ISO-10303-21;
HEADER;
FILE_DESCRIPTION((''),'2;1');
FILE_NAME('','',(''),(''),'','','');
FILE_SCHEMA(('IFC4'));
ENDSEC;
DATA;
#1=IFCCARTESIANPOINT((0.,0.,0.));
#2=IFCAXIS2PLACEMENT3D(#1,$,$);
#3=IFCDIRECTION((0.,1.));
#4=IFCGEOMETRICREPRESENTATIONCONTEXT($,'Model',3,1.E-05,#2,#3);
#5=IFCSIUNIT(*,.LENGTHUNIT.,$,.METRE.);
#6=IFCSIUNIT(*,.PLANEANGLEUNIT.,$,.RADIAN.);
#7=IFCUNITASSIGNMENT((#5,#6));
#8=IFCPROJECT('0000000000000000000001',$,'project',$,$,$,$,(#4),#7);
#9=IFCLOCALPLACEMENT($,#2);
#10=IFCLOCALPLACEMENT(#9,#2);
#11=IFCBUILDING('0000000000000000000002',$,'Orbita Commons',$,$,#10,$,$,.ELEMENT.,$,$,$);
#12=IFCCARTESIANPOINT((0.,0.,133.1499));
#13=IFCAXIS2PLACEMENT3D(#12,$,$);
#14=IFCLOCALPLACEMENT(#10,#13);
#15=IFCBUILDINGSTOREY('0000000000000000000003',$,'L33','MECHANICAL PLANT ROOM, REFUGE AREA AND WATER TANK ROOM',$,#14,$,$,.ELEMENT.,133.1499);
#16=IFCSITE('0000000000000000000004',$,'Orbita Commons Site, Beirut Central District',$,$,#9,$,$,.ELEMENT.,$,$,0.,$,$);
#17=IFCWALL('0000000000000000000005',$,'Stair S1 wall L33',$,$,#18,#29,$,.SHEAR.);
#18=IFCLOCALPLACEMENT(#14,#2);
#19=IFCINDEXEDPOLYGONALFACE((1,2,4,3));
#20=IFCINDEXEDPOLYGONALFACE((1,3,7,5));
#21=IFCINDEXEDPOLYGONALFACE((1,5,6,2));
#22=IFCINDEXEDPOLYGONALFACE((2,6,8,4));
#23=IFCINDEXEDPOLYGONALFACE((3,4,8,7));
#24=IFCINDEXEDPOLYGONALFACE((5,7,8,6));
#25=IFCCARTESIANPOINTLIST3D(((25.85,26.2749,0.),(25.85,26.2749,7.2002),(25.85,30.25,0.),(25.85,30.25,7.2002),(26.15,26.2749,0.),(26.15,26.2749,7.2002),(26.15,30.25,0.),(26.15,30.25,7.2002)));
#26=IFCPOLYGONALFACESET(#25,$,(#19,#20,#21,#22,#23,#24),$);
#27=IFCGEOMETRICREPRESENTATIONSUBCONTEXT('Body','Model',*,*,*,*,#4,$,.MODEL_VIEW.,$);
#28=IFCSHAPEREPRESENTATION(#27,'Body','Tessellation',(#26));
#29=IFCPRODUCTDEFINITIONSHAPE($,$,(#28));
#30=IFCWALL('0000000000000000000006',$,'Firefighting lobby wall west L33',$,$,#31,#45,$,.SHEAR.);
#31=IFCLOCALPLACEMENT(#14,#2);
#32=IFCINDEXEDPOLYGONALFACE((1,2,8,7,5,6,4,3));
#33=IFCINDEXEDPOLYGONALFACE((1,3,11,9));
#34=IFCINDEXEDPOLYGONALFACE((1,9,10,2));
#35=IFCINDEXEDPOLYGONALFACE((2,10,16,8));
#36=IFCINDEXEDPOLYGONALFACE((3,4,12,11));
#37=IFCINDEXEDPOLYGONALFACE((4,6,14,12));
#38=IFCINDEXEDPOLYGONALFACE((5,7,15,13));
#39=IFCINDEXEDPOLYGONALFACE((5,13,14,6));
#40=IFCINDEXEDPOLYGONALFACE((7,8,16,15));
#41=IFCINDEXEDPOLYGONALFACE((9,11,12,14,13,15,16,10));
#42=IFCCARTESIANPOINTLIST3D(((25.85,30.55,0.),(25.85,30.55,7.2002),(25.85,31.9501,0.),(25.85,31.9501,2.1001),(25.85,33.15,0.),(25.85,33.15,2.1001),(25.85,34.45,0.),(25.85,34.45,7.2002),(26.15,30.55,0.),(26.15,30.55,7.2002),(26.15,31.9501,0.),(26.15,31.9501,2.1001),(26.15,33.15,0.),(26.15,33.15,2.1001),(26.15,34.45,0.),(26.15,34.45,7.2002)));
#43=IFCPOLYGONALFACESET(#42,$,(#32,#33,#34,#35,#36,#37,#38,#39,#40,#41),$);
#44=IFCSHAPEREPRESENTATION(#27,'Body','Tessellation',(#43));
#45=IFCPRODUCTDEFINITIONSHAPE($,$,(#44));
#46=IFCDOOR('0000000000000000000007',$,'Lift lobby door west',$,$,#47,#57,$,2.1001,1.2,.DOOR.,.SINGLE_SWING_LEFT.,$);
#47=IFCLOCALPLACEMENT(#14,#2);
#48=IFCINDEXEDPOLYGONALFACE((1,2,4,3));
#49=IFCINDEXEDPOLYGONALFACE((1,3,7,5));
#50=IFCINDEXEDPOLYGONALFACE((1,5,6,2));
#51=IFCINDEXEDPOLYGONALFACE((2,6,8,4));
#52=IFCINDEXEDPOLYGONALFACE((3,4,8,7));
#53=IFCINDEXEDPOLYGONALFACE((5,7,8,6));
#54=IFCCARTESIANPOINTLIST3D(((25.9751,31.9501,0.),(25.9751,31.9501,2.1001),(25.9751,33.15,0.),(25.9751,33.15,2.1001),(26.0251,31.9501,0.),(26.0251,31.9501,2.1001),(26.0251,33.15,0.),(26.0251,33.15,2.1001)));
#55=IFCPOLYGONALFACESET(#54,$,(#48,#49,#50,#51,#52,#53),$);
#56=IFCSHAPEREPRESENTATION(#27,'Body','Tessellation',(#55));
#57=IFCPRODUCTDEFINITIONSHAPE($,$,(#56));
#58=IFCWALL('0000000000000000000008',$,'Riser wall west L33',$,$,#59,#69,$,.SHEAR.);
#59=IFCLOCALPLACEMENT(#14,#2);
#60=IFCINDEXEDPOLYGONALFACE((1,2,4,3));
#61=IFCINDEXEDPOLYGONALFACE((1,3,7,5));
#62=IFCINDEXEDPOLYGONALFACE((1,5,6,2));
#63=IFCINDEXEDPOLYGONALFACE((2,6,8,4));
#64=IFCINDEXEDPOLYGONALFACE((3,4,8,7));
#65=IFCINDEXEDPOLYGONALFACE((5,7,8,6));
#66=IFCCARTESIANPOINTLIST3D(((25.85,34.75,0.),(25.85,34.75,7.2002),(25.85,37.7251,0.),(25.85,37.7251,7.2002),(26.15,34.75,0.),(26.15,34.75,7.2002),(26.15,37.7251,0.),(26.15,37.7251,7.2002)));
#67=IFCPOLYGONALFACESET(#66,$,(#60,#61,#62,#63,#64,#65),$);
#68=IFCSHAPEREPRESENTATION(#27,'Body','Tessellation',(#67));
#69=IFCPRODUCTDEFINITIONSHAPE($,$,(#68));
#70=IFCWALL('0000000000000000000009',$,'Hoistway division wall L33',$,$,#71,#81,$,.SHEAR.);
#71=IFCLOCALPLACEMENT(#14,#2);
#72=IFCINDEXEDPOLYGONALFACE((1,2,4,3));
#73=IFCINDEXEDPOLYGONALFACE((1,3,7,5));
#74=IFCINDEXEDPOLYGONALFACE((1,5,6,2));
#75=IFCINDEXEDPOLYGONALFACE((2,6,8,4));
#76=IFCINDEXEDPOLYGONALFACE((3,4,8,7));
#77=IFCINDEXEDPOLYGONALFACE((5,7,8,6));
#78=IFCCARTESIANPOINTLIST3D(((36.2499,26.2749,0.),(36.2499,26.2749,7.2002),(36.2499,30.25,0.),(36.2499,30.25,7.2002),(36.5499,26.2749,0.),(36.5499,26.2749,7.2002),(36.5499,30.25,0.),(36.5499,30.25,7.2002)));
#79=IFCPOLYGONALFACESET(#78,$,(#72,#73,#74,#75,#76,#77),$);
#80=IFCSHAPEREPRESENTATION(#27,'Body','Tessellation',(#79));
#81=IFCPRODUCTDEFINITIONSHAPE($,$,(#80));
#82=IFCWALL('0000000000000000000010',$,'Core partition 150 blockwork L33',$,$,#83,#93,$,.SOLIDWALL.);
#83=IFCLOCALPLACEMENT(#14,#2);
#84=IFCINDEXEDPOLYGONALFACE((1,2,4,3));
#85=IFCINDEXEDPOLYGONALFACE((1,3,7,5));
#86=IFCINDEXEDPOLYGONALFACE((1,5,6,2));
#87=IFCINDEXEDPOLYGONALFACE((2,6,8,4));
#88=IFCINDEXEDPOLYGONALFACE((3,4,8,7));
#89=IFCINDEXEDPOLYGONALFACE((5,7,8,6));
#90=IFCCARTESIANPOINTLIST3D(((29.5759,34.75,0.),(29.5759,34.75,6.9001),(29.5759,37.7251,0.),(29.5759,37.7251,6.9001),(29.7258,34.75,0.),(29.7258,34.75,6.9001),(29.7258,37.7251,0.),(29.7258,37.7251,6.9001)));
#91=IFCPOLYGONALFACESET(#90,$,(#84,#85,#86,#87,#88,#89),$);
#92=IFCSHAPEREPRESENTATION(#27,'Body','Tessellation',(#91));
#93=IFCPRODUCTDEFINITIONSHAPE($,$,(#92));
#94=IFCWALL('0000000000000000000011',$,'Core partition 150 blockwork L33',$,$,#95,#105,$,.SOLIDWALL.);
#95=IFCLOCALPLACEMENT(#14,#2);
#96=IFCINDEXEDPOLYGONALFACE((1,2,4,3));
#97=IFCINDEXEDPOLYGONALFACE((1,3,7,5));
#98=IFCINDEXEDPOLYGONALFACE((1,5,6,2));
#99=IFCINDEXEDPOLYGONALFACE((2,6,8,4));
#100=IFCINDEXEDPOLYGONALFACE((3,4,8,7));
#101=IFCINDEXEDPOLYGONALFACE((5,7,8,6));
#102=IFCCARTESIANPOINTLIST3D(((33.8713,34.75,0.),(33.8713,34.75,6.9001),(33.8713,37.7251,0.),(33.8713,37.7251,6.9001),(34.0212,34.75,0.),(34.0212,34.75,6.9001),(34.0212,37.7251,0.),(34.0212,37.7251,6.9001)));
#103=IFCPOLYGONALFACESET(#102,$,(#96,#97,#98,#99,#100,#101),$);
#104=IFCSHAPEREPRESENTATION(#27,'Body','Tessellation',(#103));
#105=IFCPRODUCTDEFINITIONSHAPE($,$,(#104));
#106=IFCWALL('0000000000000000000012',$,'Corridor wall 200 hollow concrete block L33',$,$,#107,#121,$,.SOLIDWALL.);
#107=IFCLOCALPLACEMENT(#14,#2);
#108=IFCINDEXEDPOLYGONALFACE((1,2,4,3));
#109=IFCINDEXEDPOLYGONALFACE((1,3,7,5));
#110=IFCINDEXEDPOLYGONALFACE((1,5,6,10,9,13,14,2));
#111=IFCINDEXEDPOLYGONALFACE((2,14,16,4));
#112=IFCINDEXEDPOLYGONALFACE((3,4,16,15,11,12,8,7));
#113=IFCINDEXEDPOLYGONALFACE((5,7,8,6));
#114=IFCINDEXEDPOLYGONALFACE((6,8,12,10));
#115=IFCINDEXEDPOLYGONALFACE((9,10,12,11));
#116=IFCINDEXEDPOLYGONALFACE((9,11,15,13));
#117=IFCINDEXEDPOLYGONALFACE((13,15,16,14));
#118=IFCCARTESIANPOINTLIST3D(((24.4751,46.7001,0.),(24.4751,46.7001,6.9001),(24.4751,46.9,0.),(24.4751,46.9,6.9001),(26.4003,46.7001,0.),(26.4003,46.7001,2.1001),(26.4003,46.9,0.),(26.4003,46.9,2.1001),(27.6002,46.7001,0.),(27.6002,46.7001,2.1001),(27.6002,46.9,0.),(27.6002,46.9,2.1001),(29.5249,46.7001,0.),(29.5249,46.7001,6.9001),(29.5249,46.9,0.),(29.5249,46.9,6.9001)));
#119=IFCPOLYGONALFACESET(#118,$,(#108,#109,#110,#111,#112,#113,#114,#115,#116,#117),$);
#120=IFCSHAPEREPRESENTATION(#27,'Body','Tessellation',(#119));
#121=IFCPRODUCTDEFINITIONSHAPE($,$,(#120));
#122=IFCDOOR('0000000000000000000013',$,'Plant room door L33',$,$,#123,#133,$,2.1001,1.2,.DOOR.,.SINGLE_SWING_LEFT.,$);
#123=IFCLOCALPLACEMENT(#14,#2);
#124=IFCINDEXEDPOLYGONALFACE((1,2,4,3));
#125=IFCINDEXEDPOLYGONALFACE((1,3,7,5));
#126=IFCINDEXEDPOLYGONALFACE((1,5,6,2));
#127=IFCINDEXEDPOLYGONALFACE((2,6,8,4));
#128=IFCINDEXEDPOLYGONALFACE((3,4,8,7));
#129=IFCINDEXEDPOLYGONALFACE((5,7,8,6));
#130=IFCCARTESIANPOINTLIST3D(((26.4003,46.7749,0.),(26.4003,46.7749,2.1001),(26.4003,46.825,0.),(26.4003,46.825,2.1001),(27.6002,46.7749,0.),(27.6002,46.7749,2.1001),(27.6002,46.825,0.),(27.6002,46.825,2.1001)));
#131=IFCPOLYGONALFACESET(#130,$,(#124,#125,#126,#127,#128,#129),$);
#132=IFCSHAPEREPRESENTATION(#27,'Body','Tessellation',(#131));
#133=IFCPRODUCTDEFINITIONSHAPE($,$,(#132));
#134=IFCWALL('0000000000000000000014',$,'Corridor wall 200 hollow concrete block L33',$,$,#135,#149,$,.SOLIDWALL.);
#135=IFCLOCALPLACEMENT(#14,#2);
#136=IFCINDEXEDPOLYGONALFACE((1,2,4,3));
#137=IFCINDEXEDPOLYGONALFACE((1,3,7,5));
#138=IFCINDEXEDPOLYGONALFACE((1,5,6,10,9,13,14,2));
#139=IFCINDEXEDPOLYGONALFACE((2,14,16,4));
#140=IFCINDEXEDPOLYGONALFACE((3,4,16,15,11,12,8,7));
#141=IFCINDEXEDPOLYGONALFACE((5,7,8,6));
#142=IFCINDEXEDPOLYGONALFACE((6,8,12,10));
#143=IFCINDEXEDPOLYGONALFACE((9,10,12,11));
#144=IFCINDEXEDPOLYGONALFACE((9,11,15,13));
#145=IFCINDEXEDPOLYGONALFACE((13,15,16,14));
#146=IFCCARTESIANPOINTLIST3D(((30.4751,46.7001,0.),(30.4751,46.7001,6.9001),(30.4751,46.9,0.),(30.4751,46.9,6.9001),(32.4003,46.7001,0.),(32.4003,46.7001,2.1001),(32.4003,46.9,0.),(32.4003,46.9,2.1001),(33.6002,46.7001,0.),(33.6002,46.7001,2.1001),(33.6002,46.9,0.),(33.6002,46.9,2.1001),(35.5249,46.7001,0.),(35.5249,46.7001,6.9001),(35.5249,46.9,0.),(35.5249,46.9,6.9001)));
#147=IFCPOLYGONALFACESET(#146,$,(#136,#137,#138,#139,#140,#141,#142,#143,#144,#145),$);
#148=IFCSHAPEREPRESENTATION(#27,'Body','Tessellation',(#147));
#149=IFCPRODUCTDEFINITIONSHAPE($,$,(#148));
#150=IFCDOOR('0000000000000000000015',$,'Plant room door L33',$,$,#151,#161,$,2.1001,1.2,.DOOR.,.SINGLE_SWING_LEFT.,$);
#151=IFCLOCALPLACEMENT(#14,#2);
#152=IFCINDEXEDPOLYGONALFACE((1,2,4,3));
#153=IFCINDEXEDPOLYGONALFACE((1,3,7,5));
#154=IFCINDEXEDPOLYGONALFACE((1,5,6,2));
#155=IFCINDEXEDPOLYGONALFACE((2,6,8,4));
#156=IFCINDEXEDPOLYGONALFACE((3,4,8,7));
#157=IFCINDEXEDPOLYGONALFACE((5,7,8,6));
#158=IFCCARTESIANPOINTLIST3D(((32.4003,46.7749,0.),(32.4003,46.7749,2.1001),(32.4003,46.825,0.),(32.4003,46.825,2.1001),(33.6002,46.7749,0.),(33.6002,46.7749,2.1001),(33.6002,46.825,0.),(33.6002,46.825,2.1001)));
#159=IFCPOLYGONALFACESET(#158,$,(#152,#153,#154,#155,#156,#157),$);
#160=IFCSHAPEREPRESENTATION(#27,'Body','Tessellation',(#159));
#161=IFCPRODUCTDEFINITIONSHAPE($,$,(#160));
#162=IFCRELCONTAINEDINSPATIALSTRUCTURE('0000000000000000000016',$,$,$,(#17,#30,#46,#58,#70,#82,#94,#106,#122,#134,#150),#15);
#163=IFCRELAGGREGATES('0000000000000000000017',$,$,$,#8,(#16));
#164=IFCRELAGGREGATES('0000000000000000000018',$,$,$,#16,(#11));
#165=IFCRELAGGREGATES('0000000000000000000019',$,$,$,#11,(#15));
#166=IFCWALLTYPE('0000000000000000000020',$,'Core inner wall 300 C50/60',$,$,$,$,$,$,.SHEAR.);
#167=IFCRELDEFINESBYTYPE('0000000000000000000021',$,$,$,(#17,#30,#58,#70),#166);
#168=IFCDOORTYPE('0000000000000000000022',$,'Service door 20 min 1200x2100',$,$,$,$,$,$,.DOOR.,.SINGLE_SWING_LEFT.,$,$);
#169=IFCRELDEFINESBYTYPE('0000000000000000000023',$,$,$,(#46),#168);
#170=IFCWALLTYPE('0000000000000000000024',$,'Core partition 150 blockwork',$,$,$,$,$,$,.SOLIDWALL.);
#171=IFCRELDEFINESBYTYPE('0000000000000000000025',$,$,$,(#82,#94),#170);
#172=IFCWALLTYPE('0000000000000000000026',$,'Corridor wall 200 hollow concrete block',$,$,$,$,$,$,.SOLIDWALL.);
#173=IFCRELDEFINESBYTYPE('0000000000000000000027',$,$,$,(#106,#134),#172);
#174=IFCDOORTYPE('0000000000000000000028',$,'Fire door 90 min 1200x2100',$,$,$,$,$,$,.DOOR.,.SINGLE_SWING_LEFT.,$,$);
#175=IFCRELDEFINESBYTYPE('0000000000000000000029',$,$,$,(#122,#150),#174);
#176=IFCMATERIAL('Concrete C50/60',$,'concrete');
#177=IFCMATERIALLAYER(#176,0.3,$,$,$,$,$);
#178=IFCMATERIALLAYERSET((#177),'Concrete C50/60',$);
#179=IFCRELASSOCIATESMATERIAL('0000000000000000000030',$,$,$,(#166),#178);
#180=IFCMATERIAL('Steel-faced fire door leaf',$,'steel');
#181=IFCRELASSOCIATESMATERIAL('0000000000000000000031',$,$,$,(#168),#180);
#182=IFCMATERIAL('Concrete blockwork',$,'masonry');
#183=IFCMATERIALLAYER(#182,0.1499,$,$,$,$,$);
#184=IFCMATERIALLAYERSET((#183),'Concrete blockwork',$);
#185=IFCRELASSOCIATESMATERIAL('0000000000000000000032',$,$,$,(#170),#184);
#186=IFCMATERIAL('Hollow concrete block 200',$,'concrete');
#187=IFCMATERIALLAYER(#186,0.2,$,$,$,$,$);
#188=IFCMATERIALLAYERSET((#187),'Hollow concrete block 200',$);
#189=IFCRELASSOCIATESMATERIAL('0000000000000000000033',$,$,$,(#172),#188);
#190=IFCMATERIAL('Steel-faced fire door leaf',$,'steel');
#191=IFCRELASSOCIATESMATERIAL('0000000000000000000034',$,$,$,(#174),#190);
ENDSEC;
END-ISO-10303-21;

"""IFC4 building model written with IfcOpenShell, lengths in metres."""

from ifc_helpers import new_model, si_unit, direction, frame, frame_2d, origin, place, context, subcontext, project, spatial, rectangle, extrude, material, layer, layer_set, type_object, element, fill, save


model = new_model("IFC4")

# Units and contexts
model_context = context("Model", 3, precision=1e-05, world=origin(), true_north=direction((0.0, 1.0)))
body_context = subcontext(model_context, "Body", "Model", "MODEL_VIEW")
ifc_project = project(units=[si_unit("LENGTHUNIT", "METRE"), si_unit("PLANEANGLEUNIT", "RADIAN")], contexts=[model_context])

# Site, building, storey
site_placement = place(None, origin())
site = spatial("IfcSite", under=ifc_project, at=site_placement, Name="Orbita Commons Site, Beirut Central District", CompositionType="ELEMENT", RefElevation=0.0)
building_placement = place(site_placement, origin())
building = spatial("IfcBuilding", under=site, at=building_placement, Name="Orbita Commons", CompositionType="ELEMENT")
storey_placement = place(building_placement, frame((0.0, 0.0, 133.1499)))
storey = spatial("IfcBuildingStorey", under=building, at=storey_placement, Name="L33", Description="MECHANICAL PLANT ROOM, REFUGE AREA AND WATER TANK ROOM", CompositionType="ELEMENT", Elevation=133.1499)

# Wall
ifc_material_1 = material(Name="Concrete C50/60", Category="concrete")
ifc_layer_1 = layer(ifc_material_1, 0.3)
ifc_layer_set_1 = layer_set([ifc_layer_1], Name="Concrete C50/60")
wall_type_1 = type_object("IfcWallType", Name="Core inner wall 300 C50/60", PredefinedType="SHEAR", material=ifc_layer_set_1)
wall_1_placement = place(storey_placement, frame((26.0, 26.2749, 0.0), z_axis=(0.0, 0.0, 1.0), x_axis=(0.0, 1.0, 0.0)))
element("IfcWall", 1, at=wall_1_placement, inside=storey, type_object=wall_type_1, Name="Stair S1 wall L33", PredefinedType="SHEAR", context=body_context, shape_type="SweptSolid", body=[
    extrude(rectangle(XDim=3.9751, YDim=0.3, at=frame_2d((1.9875, 0.0))), origin(), (0.0, 0.0, 1.0), 7.2002),
])

# Wall, opening, door
wall_2_placement = place(storey_placement, frame((26.0, 30.55, 0.0), z_axis=(0.0, 0.0, 1.0), x_axis=(0.0, 1.0, 0.0)))
wall_2 = element("IfcWall", 2, at=wall_2_placement, inside=storey, type_object=wall_type_1, Name="Firefighting lobby wall west L33", PredefinedType="SHEAR", context=body_context, shape_type="SweptSolid", body=[
    extrude(rectangle(XDim=3.8999, YDim=0.3, at=frame_2d((1.95, 0.0))), origin(), (0.0, 0.0, 1.0), 7.2002),
])
opening_1_placement = place(wall_2_placement, frame((1.3999, 0.0, 0.0)))
opening_1 = element("IfcOpeningElement", 3, at=opening_1_placement, cuts=wall_2, PredefinedType="OPENING", context=body_context, shape_type="SweptSolid", body=[
    extrude(rectangle(XDim=1.2, YDim=2.1001, at=frame_2d((0.6001, 1.05))), frame((0.0, 0.1599, 0.0), z_axis=(0.0, -1.0, 0.0), x_axis=(1.0, 0.0, 0.0)), (0.0, 0.0, 1.0), 0.3201),
])
ifc_material_2 = material(Name="Steel-faced fire door leaf", Category="steel")
door_type_1 = type_object("IfcDoorType", Name="Service door 20 min 1200x2100", OperationType="SINGLE_SWING_LEFT", PredefinedType="DOOR", material=ifc_material_2)
door_1_placement = place(opening_1_placement, origin())
door_1 = element("IfcDoor", 4, at=door_1_placement, inside=storey, type_object=door_type_1, Name="Lift lobby door west", OperationType="SINGLE_SWING_LEFT", OverallHeight=2.1001, OverallWidth=1.2, PredefinedType="DOOR", context=body_context, shape_type="SweptSolid", body=[
    extrude(rectangle(XDim=1.2, YDim=2.1001, at=frame_2d((0.6001, 1.05))), frame((0.0, 0.0249, 0.0), z_axis=(0.0, -1.0, 0.0), x_axis=(1.0, 0.0, 0.0)), (0.0, 0.0, 1.0), 0.05),
])
fill(opening_1, door_1)

# Walls
wall_3_placement = place(storey_placement, frame((26.0, 34.75, 0.0), z_axis=(0.0, 0.0, 1.0), x_axis=(0.0, 1.0, 0.0)))
element("IfcWall", 5, at=wall_3_placement, inside=storey, type_object=wall_type_1, Name="Riser wall west L33", PredefinedType="SHEAR", context=body_context, shape_type="SweptSolid", body=[
    extrude(rectangle(XDim=2.9751, YDim=0.3, at=frame_2d((1.4875, 0.0))), origin(), (0.0, 0.0, 1.0), 7.2002),
])
wall_4_placement = place(storey_placement, frame((36.3999, 26.2749, 0.0), z_axis=(0.0, 0.0, 1.0), x_axis=(0.0, 1.0, 0.0)))
element("IfcWall", 6, at=wall_4_placement, inside=storey, type_object=wall_type_1, Name="Hoistway division wall L33", PredefinedType="SHEAR", context=body_context, shape_type="SweptSolid", body=[
    extrude(rectangle(XDim=3.9751, YDim=0.3, at=frame_2d((1.9875, 0.0))), origin(), (0.0, 0.0, 1.0), 7.2002),
])
ifc_material_3 = material(Name="Concrete blockwork", Category="masonry")
ifc_layer_2 = layer(ifc_material_3, 0.1499)
ifc_layer_set_2 = layer_set([ifc_layer_2], Name="Concrete blockwork")
wall_type_2 = type_object("IfcWallType", Name="Core partition 150 blockwork", PredefinedType="SOLIDWALL", material=ifc_layer_set_2)
for number, where, z_axis, x_axis, name in (
    (7, (29.6509, 34.75, 0.0), (0.0, 0.0, 1.0), (0.0, 1.0, 0.0), "Core partition 150 blockwork L33"),
    (8, (33.9463, 34.75, 0.0), (0.0, 0.0, 1.0), (0.0, 1.0, 0.0), "Core partition 150 blockwork L33"),
):
    element("IfcWall", number, at=place(storey_placement, frame(where, z_axis=z_axis, x_axis=x_axis)), inside=storey, type_object=wall_type_2, Name=name, PredefinedType="SOLIDWALL", context=body_context, shape_type="SweptSolid", body=[
        extrude(rectangle(XDim=2.9751, YDim=0.1499, at=frame_2d((1.4875, 0.0))), origin(), (0.0, 0.0, 1.0), 6.9001),
    ])

# Walls, openings, doors
ifc_material_4 = material(Name="Hollow concrete block 200", Category="concrete")
ifc_layer_3 = layer(ifc_material_4, 0.2)
ifc_layer_set_3 = layer_set([ifc_layer_3], Name="Hollow concrete block 200")
wall_type_3 = type_object("IfcWallType", Name="Corridor wall 200 hollow concrete block", PredefinedType="SOLIDWALL", material=ifc_layer_set_3)
wall_5_placement = place(storey_placement, frame((24.4751, 46.8, 0.0), z_axis=(0.0, 0.0, 1.0), x_axis=(1.0, 0.0, 0.0)))
wall_5 = element("IfcWall", 9, at=wall_5_placement, inside=storey, type_object=wall_type_3, Name="Corridor wall 200 hollow concrete block L33", PredefinedType="SOLIDWALL", context=body_context, shape_type="SweptSolid", body=[
    extrude(rectangle(XDim=5.0498, YDim=0.2, at=frame_2d((2.5249, 0.0))), origin(), (0.0, 0.0, 1.0), 6.9001),
])
opening_2_placement = place(wall_5_placement, frame((1.925, 0.0, 0.0)))
opening_2 = element("IfcOpeningElement", 10, at=opening_2_placement, cuts=wall_5, PredefinedType="OPENING", context=body_context, shape_type="SweptSolid", body=[
    extrude(rectangle(XDim=1.2, YDim=2.1001, at=frame_2d((0.6001, 1.05))), frame((0.0, 0.1099, 0.0), z_axis=(0.0, -1.0, 0.0), x_axis=(1.0, 0.0, 0.0)), (0.0, 0.0, 1.0), 0.22),
])
ifc_material_5 = material(Name="Steel-faced fire door leaf", Category="steel")
door_type_2 = type_object("IfcDoorType", Name="Fire door 90 min 1200x2100", OperationType="SINGLE_SWING_LEFT", PredefinedType="DOOR", material=ifc_material_5)
door_2_placement = place(opening_2_placement, origin())
door_2 = element("IfcDoor", 11, at=door_2_placement, inside=storey, type_object=door_type_2, Name="Plant room door L33", OperationType="SINGLE_SWING_LEFT", OverallHeight=2.1001, OverallWidth=1.2, PredefinedType="DOOR", context=body_context, shape_type="SweptSolid", body=[
    extrude(rectangle(XDim=1.2, YDim=2.1001, at=frame_2d((0.6001, 1.05))), frame((0.0, 0.0249, 0.0), z_axis=(0.0, -1.0, 0.0), x_axis=(1.0, 0.0, 0.0)), (0.0, 0.0, 1.0), 0.05),
])
fill(opening_2, door_2)
wall_6_placement = place(storey_placement, frame((30.4751, 46.8, 0.0), z_axis=(0.0, 0.0, 1.0), x_axis=(1.0, 0.0, 0.0)))
wall_6 = element("IfcWall", 12, at=wall_6_placement, inside=storey, type_object=wall_type_3, Name="Corridor wall 200 hollow concrete block L33", PredefinedType="SOLIDWALL", context=body_context, shape_type="SweptSolid", body=[
    extrude(rectangle(XDim=5.0498, YDim=0.2, at=frame_2d((2.5249, 0.0))), origin(), (0.0, 0.0, 1.0), 6.9001),
])
opening_3_placement = place(wall_6_placement, frame((1.925, 0.0, 0.0)))
opening_3 = element("IfcOpeningElement", 13, at=opening_3_placement, cuts=wall_6, PredefinedType="OPENING", context=body_context, shape_type="SweptSolid", body=[
    extrude(rectangle(XDim=1.2, YDim=2.1001, at=frame_2d((0.6001, 1.05))), frame((0.0, 0.1099, 0.0), z_axis=(0.0, -1.0, 0.0), x_axis=(1.0, 0.0, 0.0)), (0.0, 0.0, 1.0), 0.22),
])
door_3_placement = place(opening_3_placement, origin())
door_3 = element("IfcDoor", 14, at=door_3_placement, inside=storey, type_object=door_type_2, Name="Plant room door L33", OperationType="SINGLE_SWING_LEFT", OverallHeight=2.1001, OverallWidth=1.2, PredefinedType="DOOR", context=body_context, shape_type="SweptSolid", body=[
    extrude(rectangle(XDim=1.2, YDim=2.1001, at=frame_2d((0.6001, 1.05))), frame((0.0, 0.0249, 0.0), z_axis=(0.0, -1.0, 0.0), x_axis=(1.0, 0.0, 0.0)), (0.0, 0.0, 1.0), 0.05),
])
fill(opening_3, door_3)

save(model, "model.ifc")
